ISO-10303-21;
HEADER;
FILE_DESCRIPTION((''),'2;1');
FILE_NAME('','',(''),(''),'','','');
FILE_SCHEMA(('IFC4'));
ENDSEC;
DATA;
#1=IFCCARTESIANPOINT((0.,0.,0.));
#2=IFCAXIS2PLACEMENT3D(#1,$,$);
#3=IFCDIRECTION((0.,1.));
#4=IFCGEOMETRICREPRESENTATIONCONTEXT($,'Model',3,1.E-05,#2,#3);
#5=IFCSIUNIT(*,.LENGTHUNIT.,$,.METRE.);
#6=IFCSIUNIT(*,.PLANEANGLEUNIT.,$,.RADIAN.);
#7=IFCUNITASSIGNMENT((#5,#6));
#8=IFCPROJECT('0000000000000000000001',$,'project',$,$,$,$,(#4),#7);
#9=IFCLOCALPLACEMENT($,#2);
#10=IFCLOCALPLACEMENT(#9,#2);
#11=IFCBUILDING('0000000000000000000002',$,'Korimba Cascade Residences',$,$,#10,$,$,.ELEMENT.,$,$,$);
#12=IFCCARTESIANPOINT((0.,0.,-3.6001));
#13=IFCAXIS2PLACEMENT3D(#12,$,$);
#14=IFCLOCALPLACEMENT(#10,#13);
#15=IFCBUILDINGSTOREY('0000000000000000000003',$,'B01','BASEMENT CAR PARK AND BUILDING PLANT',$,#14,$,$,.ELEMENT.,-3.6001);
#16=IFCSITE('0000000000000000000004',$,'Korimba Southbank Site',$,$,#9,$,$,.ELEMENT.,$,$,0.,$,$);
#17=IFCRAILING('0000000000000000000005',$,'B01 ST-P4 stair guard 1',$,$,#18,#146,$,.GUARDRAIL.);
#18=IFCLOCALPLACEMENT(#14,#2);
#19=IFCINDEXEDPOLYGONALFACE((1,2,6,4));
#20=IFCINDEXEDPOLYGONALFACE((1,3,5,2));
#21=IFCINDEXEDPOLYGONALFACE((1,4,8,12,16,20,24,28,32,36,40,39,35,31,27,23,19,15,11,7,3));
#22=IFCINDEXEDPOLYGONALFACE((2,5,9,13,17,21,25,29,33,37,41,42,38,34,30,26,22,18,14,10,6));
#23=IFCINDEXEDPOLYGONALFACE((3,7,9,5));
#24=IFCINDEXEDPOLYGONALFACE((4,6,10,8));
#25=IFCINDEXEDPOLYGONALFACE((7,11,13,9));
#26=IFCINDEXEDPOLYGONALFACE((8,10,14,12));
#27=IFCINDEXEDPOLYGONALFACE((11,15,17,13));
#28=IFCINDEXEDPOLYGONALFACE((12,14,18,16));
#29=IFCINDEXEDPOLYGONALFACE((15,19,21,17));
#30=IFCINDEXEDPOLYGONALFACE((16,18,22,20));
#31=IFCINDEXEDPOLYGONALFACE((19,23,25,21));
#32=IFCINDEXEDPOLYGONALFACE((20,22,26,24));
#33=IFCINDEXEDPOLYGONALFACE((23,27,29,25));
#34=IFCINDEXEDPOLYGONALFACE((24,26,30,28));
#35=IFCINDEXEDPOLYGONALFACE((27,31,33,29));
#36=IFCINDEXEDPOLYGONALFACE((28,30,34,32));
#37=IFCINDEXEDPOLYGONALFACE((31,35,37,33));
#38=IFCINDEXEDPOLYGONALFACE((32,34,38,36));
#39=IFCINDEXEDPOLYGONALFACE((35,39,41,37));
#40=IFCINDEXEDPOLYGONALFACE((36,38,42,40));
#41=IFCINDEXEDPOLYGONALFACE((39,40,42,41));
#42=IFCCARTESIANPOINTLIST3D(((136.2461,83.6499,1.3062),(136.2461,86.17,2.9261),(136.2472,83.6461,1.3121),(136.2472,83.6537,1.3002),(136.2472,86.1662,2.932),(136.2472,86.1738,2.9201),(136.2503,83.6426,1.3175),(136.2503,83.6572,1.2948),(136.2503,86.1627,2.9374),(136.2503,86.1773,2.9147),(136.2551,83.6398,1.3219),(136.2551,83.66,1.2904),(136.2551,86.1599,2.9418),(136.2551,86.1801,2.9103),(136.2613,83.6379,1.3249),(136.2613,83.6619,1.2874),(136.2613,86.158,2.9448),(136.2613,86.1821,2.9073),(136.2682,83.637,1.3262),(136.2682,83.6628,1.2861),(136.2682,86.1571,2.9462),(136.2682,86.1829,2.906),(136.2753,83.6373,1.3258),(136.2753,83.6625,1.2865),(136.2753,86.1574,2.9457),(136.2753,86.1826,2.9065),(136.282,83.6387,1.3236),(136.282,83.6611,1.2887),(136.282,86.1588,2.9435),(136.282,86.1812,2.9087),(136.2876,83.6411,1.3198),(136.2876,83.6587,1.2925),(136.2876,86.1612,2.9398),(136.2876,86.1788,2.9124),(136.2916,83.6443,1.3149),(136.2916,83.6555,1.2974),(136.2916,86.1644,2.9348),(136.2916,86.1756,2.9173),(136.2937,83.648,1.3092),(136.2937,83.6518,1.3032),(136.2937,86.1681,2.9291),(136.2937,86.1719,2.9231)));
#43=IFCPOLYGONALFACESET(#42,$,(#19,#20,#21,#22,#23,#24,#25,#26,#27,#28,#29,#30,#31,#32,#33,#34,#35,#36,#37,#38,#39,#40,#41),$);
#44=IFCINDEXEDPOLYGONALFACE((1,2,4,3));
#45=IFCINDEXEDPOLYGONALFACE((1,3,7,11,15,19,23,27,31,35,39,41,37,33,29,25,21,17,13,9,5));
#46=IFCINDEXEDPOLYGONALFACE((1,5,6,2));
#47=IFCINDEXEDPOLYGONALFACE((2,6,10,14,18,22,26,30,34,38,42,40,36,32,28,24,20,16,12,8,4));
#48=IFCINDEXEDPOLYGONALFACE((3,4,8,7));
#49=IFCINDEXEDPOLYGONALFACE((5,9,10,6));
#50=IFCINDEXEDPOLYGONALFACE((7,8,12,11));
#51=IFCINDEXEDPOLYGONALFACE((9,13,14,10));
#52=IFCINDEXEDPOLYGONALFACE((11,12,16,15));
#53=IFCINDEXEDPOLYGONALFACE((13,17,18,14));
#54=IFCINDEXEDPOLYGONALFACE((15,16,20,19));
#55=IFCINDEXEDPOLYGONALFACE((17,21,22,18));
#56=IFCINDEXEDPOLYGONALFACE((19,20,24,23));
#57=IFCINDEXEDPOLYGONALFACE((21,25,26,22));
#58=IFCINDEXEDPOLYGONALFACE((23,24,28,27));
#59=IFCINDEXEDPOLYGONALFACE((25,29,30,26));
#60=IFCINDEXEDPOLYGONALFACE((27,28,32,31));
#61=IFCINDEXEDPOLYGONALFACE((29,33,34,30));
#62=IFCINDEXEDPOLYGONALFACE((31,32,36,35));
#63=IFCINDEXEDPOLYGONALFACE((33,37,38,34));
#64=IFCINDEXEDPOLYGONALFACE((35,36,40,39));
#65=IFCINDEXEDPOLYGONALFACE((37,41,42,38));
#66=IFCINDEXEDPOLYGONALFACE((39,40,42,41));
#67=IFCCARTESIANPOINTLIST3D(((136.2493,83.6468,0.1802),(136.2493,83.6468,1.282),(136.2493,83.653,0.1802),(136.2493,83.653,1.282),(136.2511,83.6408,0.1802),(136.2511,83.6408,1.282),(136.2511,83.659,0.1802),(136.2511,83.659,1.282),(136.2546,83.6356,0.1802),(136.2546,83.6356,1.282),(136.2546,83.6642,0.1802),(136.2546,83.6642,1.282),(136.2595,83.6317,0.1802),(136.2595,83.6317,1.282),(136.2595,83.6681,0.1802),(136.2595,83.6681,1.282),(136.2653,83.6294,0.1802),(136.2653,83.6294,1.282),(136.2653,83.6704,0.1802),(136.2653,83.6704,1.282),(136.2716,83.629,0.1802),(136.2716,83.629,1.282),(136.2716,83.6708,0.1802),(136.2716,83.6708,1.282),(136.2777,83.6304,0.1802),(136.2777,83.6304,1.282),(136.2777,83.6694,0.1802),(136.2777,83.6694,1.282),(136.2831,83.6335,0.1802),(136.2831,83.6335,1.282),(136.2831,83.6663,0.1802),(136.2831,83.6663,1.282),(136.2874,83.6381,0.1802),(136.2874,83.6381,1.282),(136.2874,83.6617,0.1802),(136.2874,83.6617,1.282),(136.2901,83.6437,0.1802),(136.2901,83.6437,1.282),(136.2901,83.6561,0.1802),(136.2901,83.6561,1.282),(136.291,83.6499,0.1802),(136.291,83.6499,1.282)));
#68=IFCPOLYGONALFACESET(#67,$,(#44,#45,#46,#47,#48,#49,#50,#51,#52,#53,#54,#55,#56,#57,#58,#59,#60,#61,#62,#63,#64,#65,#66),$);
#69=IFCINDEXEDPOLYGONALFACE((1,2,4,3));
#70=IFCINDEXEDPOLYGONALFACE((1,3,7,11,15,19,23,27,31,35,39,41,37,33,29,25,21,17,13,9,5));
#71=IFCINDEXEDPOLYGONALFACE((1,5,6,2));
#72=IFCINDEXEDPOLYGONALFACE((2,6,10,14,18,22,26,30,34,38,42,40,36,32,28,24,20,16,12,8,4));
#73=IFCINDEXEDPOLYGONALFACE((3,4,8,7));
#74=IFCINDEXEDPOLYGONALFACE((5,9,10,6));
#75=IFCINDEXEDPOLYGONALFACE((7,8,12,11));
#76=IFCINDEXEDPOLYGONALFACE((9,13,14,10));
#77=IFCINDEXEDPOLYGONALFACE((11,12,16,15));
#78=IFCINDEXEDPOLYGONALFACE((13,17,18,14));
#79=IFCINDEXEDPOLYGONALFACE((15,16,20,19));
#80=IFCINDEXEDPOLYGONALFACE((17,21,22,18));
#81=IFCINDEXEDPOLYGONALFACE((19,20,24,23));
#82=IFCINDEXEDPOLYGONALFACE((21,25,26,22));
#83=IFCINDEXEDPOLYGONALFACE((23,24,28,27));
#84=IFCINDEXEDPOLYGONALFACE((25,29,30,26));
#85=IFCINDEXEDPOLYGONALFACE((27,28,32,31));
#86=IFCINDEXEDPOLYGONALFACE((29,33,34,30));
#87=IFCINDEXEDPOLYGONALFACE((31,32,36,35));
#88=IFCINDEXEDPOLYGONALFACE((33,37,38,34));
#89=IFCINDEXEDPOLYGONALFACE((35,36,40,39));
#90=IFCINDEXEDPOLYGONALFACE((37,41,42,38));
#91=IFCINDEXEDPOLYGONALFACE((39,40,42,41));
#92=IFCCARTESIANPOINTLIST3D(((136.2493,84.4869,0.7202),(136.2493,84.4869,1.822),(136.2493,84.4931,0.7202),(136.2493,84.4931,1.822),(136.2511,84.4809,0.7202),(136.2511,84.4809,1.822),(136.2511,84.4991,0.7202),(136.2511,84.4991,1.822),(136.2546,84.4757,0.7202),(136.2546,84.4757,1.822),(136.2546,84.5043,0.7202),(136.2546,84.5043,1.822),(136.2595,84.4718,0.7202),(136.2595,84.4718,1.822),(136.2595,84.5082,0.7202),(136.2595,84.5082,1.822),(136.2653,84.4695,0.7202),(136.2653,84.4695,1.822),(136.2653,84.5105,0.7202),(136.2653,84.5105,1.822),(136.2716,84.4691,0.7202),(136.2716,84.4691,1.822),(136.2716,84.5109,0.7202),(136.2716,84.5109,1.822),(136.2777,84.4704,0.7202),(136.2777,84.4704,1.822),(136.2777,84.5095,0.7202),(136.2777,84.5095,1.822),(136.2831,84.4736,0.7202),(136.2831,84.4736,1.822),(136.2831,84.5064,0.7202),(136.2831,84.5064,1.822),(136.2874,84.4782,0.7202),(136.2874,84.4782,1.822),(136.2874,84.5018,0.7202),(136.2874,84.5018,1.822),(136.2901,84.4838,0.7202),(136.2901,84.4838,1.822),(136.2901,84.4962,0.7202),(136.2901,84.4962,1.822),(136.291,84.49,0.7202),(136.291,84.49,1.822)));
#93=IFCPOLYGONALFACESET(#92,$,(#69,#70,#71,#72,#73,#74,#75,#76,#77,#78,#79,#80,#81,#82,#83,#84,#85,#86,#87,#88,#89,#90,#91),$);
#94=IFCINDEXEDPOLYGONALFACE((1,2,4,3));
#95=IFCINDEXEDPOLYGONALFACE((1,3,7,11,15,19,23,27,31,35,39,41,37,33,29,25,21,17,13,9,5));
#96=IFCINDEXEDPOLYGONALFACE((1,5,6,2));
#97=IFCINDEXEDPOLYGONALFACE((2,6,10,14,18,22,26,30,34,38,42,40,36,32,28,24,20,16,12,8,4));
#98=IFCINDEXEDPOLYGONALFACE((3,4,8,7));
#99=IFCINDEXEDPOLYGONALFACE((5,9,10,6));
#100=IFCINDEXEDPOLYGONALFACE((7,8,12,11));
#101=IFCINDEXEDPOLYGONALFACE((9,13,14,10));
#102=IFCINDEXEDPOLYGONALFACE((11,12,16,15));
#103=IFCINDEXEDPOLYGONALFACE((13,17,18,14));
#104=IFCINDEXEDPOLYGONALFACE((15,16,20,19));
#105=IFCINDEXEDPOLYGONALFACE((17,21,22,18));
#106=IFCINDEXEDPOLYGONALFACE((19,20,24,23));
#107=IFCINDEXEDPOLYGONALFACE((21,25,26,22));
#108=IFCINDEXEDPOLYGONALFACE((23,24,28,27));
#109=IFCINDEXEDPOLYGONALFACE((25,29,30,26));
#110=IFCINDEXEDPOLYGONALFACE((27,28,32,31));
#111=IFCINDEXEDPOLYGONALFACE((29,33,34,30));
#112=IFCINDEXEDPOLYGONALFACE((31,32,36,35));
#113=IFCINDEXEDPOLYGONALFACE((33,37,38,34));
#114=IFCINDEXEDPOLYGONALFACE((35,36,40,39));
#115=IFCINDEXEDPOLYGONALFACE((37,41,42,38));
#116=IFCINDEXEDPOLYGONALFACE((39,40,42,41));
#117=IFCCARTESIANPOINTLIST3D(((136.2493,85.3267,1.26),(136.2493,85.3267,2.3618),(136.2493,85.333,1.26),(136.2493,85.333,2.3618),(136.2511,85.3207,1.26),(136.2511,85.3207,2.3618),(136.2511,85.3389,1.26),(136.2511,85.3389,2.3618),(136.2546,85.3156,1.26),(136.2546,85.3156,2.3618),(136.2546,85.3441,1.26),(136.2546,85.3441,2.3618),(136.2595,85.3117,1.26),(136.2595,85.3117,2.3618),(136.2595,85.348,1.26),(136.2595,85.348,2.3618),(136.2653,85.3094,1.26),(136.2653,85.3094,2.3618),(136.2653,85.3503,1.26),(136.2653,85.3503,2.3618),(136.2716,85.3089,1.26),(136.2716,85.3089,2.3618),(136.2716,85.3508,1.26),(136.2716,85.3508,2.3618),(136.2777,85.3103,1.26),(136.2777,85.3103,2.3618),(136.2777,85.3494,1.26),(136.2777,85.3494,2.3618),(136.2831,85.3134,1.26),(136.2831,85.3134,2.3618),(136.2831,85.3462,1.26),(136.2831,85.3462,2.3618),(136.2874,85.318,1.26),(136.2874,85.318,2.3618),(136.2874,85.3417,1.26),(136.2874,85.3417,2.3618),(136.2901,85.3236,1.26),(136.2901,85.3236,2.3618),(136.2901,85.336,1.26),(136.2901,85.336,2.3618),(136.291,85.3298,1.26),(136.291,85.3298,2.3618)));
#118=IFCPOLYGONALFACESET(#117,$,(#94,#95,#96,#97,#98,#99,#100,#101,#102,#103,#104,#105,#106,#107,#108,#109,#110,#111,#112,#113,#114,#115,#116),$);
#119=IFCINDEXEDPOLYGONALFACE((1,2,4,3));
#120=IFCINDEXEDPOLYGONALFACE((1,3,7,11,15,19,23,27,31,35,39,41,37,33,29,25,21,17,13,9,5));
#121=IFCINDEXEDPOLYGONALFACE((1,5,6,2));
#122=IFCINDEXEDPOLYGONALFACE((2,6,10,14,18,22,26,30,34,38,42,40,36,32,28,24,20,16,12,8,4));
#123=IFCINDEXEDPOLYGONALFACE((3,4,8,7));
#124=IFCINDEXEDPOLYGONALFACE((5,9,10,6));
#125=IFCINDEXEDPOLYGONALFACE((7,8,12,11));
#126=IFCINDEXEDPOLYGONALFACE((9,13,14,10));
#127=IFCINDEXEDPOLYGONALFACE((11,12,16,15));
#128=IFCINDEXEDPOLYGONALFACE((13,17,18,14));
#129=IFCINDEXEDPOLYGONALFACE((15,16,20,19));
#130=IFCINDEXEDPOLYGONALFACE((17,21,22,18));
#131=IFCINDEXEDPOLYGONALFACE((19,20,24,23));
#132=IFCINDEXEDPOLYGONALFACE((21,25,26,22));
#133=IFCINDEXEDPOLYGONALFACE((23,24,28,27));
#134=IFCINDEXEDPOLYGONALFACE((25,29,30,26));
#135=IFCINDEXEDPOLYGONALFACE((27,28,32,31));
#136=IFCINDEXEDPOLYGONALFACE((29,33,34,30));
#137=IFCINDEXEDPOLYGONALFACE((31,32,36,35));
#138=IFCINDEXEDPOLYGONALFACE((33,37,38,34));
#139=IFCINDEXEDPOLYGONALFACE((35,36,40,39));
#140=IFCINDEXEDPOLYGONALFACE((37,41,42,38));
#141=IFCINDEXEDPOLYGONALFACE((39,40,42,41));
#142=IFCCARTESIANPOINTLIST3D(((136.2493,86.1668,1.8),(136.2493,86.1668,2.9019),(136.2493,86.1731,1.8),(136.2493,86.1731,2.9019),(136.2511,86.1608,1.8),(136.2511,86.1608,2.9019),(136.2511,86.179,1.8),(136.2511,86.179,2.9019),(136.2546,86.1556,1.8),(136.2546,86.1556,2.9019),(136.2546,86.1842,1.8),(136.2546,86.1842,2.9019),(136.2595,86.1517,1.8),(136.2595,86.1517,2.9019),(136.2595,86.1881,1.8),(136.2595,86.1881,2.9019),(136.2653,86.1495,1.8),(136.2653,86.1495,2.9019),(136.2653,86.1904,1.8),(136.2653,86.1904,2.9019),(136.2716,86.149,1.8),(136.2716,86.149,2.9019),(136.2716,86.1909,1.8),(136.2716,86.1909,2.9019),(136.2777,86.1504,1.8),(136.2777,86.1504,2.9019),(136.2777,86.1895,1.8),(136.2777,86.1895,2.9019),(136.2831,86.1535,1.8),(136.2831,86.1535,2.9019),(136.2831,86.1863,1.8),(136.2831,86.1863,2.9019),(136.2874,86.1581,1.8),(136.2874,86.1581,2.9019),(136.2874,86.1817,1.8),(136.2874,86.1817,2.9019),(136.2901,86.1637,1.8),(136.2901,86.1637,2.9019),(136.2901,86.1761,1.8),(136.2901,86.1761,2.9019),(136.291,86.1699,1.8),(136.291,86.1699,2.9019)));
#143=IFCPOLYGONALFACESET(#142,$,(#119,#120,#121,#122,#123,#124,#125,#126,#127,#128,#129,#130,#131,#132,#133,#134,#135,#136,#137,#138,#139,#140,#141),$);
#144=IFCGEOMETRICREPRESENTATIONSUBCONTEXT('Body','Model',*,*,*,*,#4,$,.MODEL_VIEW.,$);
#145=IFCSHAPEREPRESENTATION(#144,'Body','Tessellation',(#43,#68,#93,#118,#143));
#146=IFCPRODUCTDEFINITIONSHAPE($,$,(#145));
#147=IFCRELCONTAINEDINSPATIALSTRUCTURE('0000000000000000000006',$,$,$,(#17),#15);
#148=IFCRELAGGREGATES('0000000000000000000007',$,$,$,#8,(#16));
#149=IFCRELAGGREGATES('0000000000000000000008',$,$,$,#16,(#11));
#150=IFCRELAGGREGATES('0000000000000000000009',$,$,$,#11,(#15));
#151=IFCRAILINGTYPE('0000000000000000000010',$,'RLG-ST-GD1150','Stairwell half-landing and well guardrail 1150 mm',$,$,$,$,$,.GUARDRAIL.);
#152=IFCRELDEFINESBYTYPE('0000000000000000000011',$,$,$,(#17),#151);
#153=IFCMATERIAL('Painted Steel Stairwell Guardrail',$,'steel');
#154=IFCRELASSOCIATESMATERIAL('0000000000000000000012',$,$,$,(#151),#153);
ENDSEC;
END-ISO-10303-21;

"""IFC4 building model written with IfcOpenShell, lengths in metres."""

from ifc_helpers import new_model, si_unit, direction, frame, origin, origin_2d, place, context, subcontext, project, spatial, circle, extrude, material, type_object, element, save


model = new_model("IFC4")

# Units and contexts
model_context = context("Model", 3, precision=1e-05, world=origin(), true_north=direction((0.0, 1.0)))
body_context = subcontext(model_context, "Body", "Model", "MODEL_VIEW")
ifc_project = project(units=[si_unit("LENGTHUNIT", "METRE"), si_unit("PLANEANGLEUNIT", "RADIAN")], contexts=[model_context])

# Site, building, storey
site_placement = place(None, origin())
site = spatial("IfcSite", under=ifc_project, at=site_placement, Name="Korimba Southbank Site", CompositionType="ELEMENT", RefElevation=0.0)
building_placement = place(site_placement, origin())
building = spatial("IfcBuilding", under=site, at=building_placement, Name="Korimba Cascade Residences", CompositionType="ELEMENT")
storey_placement = place(building_placement, frame((0.0, 0.0, -3.6001)))
storey = spatial("IfcBuildingStorey", under=building, at=storey_placement, Name="B01", Description="BASEMENT CAR PARK AND BUILDING PLANT", CompositionType="ELEMENT", Elevation=-3.6001)

# Railing
ifc_material_1 = material(Name="Painted Steel Stairwell Guardrail", Category="steel")
railing_type_1 = type_object("IfcRailingType", Name="RLG-ST-GD1150", Description="Stairwell half-landing and well guardrail 1150 mm", PredefinedType="GUARDRAIL", material=ifc_material_1)
railing_1_placement = place(storey_placement, frame((136.27, 83.6499, 0.1802)))
element("IfcRailing", 1, at=railing_1_placement, inside=storey, type_object=railing_type_1, Name="B01 ST-P4 stair guard 1", PredefinedType="GUARDRAIL", context=body_context, shape_type="SweptSolid", body=[
    extrude(circle(Radius=0.0239, at=origin_2d()), frame((0.0, 0.0, 1.126), z_axis=(0.0, 0.8412, 0.540725), x_axis=(-1.0, 0.0, 0.0)), (0.0, 0.0, 1.0), 2.9958),
    extrude(circle(Radius=0.021, at=origin_2d()), origin(), (0.0, 0.0, 1.0), 1.1018),
    extrude(circle(Radius=0.021, at=origin_2d()), frame((0.0, 0.8401, 0.54)), (0.0, 0.0, 1.0), 1.1018),
    extrude(circle(Radius=0.021, at=origin_2d()), frame((0.0, 1.6799, 1.0798)), (0.0, 0.0, 1.0), 1.1018),
    extrude(circle(Radius=0.021, at=origin_2d()), frame((0.0, 2.52, 1.6199)), (0.0, 0.0, 1.0), 1.1018),
])

save(model, "model.ifc")
